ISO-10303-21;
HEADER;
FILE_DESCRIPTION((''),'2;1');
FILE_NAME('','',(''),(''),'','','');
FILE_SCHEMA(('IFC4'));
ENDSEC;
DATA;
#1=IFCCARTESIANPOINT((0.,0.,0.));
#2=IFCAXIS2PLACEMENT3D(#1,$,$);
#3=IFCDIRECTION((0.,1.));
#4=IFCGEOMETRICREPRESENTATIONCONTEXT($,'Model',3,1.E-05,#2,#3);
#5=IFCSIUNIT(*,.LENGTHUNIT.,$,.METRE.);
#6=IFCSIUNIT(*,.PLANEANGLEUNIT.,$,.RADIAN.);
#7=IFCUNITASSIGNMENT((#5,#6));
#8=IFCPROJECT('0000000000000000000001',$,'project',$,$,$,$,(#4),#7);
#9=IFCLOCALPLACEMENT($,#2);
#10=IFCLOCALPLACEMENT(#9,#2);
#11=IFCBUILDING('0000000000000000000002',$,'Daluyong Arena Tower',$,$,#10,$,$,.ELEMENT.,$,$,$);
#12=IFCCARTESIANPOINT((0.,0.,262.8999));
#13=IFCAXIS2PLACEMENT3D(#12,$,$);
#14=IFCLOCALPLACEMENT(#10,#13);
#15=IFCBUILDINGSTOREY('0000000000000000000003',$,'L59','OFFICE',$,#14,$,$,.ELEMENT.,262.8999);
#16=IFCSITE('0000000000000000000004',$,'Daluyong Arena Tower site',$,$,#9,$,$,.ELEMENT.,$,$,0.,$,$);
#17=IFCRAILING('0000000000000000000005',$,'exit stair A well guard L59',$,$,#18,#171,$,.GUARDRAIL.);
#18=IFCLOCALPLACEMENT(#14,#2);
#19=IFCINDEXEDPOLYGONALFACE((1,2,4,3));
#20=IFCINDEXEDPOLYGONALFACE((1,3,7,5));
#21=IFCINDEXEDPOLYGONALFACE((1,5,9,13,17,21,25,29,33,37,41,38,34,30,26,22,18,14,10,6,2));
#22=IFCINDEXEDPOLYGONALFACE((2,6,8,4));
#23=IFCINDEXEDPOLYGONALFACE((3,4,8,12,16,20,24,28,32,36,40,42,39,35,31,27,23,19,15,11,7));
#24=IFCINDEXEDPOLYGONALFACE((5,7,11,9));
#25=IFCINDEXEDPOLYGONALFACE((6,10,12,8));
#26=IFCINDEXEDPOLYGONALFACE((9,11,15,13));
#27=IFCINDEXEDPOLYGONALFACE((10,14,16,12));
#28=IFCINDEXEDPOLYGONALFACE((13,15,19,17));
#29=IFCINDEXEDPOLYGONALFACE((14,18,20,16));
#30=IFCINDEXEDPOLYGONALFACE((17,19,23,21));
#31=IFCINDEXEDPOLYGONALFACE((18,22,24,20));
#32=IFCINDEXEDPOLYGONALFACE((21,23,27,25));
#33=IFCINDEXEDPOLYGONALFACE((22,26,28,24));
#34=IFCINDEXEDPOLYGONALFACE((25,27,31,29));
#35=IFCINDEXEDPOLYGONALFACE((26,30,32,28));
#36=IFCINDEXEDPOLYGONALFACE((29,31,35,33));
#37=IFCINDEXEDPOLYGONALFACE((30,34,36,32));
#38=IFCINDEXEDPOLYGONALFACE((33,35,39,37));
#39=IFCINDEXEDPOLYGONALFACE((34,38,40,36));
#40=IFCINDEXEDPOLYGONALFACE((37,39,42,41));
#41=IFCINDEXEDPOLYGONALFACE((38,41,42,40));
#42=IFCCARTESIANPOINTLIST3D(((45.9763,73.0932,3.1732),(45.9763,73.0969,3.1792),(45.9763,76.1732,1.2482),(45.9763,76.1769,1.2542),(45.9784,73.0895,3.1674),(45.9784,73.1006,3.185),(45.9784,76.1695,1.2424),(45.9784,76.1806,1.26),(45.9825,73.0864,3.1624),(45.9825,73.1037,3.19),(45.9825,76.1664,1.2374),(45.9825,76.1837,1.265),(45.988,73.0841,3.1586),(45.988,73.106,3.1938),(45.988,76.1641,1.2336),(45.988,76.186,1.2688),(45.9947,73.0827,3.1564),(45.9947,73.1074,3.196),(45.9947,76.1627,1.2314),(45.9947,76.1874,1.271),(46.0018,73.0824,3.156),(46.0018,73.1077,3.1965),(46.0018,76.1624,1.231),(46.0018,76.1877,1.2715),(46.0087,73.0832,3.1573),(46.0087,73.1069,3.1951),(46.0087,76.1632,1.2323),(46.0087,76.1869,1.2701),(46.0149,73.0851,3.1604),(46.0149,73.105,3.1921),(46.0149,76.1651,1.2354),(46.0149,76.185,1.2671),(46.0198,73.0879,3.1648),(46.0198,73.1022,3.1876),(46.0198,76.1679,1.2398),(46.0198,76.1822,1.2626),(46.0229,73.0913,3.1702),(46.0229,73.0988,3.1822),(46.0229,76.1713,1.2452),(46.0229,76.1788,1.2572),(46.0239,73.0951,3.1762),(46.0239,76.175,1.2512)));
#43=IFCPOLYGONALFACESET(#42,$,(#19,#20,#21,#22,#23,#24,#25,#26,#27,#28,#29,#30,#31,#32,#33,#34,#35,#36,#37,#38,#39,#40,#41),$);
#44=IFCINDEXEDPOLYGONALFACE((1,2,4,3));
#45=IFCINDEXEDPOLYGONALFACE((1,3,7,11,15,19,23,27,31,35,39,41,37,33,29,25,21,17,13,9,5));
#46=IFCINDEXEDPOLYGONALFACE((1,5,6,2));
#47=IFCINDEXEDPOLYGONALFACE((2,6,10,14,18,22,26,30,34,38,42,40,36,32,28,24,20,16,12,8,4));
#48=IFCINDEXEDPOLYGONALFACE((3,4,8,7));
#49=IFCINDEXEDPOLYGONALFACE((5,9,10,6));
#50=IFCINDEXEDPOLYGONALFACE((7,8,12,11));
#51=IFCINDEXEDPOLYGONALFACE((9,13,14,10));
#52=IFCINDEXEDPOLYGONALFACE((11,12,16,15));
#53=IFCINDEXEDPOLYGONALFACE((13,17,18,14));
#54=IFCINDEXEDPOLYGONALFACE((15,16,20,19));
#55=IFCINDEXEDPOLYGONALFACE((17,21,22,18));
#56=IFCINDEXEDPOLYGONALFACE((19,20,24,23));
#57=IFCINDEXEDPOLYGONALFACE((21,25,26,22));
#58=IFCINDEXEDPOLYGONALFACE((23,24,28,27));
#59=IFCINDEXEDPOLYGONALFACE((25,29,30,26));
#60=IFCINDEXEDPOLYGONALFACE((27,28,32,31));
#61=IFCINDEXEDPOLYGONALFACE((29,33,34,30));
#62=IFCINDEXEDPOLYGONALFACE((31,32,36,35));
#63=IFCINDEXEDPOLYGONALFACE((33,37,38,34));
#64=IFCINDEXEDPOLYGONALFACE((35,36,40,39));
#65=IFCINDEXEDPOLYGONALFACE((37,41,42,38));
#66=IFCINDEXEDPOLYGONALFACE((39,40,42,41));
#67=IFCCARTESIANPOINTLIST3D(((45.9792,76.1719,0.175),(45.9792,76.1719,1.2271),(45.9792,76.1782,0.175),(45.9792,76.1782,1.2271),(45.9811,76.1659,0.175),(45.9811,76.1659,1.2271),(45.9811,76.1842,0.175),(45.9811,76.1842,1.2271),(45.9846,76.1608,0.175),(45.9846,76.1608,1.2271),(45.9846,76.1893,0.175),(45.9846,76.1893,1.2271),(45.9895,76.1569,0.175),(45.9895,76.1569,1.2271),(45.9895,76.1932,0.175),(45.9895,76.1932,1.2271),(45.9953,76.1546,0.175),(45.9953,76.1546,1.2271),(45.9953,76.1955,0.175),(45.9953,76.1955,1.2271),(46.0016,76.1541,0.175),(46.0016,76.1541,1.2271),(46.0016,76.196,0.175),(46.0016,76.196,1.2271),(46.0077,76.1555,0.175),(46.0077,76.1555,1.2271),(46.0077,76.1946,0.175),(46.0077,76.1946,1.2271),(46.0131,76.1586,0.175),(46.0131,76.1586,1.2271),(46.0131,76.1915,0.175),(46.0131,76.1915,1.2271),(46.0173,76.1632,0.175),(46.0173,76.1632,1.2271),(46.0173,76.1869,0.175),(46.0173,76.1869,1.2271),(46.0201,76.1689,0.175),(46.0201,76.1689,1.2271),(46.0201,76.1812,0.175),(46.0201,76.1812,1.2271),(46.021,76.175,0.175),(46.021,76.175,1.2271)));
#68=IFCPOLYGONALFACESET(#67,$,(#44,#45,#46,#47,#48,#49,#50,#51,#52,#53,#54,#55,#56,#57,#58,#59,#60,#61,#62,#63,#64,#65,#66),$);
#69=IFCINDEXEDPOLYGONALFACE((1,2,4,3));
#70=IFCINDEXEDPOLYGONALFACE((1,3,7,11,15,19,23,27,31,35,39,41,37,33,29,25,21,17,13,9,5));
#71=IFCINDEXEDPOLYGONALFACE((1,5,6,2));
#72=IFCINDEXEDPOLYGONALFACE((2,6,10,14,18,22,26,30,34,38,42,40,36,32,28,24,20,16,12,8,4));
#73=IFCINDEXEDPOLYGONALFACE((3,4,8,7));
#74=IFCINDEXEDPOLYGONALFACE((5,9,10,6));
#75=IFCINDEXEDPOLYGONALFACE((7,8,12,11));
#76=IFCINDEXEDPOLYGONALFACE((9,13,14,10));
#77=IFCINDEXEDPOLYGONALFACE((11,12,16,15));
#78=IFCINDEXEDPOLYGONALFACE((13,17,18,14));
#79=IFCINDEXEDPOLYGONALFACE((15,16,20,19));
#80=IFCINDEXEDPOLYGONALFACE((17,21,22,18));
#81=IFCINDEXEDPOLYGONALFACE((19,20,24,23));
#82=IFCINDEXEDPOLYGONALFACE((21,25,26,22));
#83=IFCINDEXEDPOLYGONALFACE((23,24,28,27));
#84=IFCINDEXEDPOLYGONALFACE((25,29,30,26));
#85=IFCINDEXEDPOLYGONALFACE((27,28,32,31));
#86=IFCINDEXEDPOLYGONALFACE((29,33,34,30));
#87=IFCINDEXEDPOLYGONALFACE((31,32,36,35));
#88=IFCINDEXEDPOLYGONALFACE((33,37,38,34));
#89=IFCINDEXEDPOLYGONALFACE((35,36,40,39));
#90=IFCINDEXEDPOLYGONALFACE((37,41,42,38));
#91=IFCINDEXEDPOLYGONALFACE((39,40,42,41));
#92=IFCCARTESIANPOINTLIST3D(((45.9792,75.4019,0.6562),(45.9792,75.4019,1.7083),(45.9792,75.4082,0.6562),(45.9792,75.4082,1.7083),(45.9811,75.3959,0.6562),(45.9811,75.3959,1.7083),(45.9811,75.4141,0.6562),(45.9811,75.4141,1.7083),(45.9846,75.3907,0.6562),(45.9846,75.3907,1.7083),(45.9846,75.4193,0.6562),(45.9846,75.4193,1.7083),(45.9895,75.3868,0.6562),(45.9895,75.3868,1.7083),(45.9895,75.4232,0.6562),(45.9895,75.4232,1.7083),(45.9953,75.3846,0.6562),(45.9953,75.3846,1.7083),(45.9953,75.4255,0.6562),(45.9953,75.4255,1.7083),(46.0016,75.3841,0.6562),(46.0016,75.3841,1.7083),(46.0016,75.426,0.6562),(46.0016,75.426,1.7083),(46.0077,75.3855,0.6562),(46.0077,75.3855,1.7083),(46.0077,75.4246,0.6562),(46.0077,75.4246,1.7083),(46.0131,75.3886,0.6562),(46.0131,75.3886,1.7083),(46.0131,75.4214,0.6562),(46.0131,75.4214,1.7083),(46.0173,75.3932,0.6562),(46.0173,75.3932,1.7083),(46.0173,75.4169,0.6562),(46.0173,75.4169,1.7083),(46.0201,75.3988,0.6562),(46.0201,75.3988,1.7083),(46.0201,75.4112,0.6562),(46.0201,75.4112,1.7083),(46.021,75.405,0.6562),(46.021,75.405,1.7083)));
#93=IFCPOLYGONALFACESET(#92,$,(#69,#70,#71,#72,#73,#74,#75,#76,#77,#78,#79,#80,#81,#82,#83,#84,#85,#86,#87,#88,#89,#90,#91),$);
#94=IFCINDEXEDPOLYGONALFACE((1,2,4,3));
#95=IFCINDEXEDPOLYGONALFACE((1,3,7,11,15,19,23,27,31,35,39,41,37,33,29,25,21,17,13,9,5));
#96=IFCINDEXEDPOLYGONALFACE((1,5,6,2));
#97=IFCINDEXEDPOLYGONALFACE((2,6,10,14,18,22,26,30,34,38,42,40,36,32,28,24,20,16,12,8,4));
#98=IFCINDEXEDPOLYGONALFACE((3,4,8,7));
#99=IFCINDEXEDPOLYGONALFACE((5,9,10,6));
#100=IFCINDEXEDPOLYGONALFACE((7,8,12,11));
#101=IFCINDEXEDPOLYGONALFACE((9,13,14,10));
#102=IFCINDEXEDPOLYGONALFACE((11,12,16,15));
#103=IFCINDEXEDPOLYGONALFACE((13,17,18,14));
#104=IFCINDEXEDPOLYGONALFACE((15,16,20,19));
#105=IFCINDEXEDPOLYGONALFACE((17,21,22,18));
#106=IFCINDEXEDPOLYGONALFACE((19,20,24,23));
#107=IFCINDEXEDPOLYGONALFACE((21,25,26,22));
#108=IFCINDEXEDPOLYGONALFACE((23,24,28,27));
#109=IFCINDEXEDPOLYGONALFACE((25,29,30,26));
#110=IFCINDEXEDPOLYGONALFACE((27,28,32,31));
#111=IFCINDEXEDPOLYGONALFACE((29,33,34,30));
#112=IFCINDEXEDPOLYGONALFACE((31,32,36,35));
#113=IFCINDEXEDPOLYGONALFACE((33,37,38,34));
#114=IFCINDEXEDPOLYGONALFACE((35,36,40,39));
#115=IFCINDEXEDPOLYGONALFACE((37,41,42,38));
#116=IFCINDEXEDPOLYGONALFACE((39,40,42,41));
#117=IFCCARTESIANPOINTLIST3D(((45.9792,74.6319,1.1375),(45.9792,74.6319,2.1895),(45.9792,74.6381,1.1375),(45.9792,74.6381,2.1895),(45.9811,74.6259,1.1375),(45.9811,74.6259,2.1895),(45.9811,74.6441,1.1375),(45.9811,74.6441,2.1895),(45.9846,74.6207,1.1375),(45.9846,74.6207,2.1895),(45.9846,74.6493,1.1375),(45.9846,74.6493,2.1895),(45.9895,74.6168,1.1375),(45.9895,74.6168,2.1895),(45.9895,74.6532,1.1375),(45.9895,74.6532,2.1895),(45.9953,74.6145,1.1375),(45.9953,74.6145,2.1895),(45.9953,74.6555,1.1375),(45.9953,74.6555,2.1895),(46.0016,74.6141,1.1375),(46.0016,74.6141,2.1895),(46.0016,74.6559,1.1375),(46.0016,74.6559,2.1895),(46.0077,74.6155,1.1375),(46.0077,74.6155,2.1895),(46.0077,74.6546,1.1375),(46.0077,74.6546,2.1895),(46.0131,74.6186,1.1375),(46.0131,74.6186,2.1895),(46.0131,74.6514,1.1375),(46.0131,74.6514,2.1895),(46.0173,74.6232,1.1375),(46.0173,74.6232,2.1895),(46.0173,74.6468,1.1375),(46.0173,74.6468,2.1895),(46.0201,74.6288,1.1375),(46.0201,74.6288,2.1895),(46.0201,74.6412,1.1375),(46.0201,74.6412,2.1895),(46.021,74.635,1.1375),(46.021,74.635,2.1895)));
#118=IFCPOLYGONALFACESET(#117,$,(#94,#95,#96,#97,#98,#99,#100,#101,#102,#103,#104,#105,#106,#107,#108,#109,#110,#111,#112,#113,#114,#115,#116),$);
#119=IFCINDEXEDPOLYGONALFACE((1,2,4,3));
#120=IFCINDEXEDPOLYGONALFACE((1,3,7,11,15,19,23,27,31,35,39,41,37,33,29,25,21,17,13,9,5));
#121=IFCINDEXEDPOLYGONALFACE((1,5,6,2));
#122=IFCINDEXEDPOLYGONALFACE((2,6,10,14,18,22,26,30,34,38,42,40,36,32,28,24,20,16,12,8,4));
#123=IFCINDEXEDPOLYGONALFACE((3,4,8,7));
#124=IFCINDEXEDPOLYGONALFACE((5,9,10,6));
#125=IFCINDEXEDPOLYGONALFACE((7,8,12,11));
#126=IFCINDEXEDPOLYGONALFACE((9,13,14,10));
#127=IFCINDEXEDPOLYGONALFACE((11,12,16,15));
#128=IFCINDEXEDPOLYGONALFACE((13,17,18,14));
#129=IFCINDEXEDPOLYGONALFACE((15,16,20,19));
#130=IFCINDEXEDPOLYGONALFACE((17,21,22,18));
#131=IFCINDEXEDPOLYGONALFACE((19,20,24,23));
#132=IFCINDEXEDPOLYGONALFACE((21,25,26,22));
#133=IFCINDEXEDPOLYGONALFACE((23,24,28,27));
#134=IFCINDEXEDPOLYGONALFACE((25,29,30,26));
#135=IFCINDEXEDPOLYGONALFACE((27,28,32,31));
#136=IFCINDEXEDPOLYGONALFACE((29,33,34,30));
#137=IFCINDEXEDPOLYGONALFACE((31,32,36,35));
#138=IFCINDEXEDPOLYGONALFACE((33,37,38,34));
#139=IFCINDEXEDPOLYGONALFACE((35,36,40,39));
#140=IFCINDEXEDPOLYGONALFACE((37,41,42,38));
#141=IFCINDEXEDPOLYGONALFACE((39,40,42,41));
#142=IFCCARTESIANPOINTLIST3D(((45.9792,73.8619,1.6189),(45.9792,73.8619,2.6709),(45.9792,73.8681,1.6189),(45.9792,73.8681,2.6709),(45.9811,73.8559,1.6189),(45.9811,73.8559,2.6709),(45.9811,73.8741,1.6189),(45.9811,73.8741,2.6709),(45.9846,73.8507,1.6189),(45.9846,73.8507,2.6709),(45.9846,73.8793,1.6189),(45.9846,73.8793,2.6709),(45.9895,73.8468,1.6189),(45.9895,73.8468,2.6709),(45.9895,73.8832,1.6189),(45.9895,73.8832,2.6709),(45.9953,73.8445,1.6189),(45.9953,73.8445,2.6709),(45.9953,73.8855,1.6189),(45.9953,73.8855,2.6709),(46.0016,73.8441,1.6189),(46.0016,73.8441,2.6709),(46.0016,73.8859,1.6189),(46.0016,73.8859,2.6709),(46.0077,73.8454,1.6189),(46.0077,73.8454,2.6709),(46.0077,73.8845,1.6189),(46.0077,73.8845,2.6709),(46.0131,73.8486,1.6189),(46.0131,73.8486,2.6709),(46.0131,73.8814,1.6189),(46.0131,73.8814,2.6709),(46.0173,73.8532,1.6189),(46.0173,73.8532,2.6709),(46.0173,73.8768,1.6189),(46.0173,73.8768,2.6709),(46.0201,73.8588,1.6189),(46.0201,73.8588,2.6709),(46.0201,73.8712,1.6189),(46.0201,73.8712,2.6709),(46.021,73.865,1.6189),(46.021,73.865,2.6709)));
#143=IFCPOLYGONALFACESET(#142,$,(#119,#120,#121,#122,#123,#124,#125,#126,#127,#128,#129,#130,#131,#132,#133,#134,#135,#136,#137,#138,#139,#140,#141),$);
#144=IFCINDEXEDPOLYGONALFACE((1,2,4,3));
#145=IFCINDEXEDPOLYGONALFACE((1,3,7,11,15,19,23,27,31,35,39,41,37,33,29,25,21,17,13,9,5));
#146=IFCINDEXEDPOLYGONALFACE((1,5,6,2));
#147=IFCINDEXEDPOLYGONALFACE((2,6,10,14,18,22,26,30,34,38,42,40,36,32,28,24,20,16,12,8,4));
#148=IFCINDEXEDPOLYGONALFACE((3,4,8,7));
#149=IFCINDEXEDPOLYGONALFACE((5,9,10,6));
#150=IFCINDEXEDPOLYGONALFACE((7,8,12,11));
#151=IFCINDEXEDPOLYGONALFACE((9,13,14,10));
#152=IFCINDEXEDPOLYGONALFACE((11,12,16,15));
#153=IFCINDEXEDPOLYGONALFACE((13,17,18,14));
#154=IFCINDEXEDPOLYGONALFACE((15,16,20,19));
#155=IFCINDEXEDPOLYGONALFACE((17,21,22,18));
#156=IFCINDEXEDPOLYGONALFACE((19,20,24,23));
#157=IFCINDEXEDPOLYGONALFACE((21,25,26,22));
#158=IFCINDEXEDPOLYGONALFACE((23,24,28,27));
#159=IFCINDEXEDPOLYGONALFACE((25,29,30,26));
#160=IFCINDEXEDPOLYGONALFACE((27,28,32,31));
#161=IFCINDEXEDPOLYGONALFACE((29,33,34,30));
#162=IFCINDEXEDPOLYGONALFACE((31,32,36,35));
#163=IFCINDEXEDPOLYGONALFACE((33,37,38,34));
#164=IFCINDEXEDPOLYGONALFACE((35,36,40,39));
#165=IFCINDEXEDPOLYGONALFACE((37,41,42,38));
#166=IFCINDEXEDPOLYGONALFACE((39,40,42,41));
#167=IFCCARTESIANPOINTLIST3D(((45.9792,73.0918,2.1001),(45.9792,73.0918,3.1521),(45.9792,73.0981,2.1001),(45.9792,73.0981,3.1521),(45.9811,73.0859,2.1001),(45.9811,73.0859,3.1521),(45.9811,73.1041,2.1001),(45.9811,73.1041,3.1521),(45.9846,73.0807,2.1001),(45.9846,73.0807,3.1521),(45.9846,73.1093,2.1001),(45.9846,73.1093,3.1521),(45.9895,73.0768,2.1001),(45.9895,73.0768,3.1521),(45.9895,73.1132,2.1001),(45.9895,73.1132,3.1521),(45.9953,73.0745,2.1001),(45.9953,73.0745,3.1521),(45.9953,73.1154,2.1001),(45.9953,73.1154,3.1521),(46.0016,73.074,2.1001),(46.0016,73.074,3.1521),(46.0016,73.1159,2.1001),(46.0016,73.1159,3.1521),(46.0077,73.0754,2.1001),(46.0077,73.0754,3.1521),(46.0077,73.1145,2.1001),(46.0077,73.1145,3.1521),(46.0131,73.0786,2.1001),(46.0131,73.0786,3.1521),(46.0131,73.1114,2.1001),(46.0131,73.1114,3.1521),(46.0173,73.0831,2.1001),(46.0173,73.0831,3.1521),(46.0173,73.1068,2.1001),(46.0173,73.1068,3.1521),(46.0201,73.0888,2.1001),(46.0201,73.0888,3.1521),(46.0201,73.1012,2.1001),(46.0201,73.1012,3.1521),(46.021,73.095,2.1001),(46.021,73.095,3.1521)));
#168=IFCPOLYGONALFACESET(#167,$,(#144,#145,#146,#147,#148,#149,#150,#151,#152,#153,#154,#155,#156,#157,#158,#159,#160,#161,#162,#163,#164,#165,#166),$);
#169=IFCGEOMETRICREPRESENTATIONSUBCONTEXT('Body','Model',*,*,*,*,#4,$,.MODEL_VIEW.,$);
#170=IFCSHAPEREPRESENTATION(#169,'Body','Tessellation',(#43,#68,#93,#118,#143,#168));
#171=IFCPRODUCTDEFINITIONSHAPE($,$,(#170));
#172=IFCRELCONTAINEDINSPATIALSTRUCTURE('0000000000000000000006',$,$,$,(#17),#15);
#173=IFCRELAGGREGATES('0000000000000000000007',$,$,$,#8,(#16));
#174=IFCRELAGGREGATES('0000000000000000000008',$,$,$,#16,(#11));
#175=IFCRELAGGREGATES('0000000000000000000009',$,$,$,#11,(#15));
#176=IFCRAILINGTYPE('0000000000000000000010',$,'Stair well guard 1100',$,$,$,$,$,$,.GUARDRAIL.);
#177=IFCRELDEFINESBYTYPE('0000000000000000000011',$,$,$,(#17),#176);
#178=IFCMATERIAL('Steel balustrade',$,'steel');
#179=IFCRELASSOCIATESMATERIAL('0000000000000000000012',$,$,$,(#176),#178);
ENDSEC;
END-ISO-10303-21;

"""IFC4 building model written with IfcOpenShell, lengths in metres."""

from ifc_helpers import new_model, si_unit, direction, frame, origin, origin_2d, place, context, subcontext, project, spatial, circle, extrude, material, type_object, element, save


model = new_model("IFC4")

# Units and contexts
model_context = context("Model", 3, precision=1e-05, world=origin(), true_north=direction((0.0, 1.0)))
body_context = subcontext(model_context, "Body", "Model", "MODEL_VIEW")
ifc_project = project(units=[si_unit("LENGTHUNIT", "METRE"), si_unit("PLANEANGLEUNIT", "RADIAN")], contexts=[model_context])

# Site, building, storey
site_placement = place(None, origin())
site = spatial("IfcSite", under=ifc_project, at=site_placement, Name="Daluyong Arena Tower site", CompositionType="ELEMENT", RefElevation=0.0)
building_placement = place(site_placement, origin())
building = spatial("IfcBuilding", under=site, at=building_placement, Name="Daluyong Arena Tower", CompositionType="ELEMENT")
storey_placement = place(building_placement, frame((0.0, 0.0, 262.8999)))
storey = spatial("IfcBuildingStorey", under=building, at=storey_placement, Name="L59", Description="OFFICE", CompositionType="ELEMENT", Elevation=262.8999)

# Railing
ifc_material_1 = material(Name="Steel balustrade", Category="steel")
railing_type_1 = type_object("IfcRailingType", Name="Stair well guard 1100", PredefinedType="GUARDRAIL", material=ifc_material_1)
railing_1_placement = place(storey_placement, frame((46.0, 76.175, 0.175)))
element("IfcRailing", 1, at=railing_1_placement, inside=storey, type_object=railing_type_1, Name="exit stair A well guard L59", PredefinedType="GUARDRAIL", context=body_context, shape_type="SweptSolid", body=[
    extrude(circle(Radius=0.0239, at=origin_2d()), frame((0.0, 0.0, 1.0762), z_axis=(0.0, -0.847998, 0.529999), x_axis=(1.0, 0.0, 0.0)), (0.0, 0.0, 1.0), 3.6321),
    extrude(circle(Radius=0.021, at=origin_2d()), origin(), (0.0, 0.0, 1.0), 1.052),
    extrude(circle(Radius=0.021, at=origin_2d()), frame((0.0, -0.77, 0.4812)), (0.0, 0.0, 1.0), 1.052),
    extrude(circle(Radius=0.021, at=origin_2d()), frame((0.0, -1.54, 0.9624)), (0.0, 0.0, 1.0), 1.052),
    extrude(circle(Radius=0.021, at=origin_2d()), frame((0.0, -2.3101, 1.4438)), (0.0, 0.0, 1.0), 1.052),
    extrude(circle(Radius=0.021, at=origin_2d()), frame((0.0, -3.0801, 1.925)), (0.0, 0.0, 1.0), 1.052),
])

save(model, "model.ifc")
